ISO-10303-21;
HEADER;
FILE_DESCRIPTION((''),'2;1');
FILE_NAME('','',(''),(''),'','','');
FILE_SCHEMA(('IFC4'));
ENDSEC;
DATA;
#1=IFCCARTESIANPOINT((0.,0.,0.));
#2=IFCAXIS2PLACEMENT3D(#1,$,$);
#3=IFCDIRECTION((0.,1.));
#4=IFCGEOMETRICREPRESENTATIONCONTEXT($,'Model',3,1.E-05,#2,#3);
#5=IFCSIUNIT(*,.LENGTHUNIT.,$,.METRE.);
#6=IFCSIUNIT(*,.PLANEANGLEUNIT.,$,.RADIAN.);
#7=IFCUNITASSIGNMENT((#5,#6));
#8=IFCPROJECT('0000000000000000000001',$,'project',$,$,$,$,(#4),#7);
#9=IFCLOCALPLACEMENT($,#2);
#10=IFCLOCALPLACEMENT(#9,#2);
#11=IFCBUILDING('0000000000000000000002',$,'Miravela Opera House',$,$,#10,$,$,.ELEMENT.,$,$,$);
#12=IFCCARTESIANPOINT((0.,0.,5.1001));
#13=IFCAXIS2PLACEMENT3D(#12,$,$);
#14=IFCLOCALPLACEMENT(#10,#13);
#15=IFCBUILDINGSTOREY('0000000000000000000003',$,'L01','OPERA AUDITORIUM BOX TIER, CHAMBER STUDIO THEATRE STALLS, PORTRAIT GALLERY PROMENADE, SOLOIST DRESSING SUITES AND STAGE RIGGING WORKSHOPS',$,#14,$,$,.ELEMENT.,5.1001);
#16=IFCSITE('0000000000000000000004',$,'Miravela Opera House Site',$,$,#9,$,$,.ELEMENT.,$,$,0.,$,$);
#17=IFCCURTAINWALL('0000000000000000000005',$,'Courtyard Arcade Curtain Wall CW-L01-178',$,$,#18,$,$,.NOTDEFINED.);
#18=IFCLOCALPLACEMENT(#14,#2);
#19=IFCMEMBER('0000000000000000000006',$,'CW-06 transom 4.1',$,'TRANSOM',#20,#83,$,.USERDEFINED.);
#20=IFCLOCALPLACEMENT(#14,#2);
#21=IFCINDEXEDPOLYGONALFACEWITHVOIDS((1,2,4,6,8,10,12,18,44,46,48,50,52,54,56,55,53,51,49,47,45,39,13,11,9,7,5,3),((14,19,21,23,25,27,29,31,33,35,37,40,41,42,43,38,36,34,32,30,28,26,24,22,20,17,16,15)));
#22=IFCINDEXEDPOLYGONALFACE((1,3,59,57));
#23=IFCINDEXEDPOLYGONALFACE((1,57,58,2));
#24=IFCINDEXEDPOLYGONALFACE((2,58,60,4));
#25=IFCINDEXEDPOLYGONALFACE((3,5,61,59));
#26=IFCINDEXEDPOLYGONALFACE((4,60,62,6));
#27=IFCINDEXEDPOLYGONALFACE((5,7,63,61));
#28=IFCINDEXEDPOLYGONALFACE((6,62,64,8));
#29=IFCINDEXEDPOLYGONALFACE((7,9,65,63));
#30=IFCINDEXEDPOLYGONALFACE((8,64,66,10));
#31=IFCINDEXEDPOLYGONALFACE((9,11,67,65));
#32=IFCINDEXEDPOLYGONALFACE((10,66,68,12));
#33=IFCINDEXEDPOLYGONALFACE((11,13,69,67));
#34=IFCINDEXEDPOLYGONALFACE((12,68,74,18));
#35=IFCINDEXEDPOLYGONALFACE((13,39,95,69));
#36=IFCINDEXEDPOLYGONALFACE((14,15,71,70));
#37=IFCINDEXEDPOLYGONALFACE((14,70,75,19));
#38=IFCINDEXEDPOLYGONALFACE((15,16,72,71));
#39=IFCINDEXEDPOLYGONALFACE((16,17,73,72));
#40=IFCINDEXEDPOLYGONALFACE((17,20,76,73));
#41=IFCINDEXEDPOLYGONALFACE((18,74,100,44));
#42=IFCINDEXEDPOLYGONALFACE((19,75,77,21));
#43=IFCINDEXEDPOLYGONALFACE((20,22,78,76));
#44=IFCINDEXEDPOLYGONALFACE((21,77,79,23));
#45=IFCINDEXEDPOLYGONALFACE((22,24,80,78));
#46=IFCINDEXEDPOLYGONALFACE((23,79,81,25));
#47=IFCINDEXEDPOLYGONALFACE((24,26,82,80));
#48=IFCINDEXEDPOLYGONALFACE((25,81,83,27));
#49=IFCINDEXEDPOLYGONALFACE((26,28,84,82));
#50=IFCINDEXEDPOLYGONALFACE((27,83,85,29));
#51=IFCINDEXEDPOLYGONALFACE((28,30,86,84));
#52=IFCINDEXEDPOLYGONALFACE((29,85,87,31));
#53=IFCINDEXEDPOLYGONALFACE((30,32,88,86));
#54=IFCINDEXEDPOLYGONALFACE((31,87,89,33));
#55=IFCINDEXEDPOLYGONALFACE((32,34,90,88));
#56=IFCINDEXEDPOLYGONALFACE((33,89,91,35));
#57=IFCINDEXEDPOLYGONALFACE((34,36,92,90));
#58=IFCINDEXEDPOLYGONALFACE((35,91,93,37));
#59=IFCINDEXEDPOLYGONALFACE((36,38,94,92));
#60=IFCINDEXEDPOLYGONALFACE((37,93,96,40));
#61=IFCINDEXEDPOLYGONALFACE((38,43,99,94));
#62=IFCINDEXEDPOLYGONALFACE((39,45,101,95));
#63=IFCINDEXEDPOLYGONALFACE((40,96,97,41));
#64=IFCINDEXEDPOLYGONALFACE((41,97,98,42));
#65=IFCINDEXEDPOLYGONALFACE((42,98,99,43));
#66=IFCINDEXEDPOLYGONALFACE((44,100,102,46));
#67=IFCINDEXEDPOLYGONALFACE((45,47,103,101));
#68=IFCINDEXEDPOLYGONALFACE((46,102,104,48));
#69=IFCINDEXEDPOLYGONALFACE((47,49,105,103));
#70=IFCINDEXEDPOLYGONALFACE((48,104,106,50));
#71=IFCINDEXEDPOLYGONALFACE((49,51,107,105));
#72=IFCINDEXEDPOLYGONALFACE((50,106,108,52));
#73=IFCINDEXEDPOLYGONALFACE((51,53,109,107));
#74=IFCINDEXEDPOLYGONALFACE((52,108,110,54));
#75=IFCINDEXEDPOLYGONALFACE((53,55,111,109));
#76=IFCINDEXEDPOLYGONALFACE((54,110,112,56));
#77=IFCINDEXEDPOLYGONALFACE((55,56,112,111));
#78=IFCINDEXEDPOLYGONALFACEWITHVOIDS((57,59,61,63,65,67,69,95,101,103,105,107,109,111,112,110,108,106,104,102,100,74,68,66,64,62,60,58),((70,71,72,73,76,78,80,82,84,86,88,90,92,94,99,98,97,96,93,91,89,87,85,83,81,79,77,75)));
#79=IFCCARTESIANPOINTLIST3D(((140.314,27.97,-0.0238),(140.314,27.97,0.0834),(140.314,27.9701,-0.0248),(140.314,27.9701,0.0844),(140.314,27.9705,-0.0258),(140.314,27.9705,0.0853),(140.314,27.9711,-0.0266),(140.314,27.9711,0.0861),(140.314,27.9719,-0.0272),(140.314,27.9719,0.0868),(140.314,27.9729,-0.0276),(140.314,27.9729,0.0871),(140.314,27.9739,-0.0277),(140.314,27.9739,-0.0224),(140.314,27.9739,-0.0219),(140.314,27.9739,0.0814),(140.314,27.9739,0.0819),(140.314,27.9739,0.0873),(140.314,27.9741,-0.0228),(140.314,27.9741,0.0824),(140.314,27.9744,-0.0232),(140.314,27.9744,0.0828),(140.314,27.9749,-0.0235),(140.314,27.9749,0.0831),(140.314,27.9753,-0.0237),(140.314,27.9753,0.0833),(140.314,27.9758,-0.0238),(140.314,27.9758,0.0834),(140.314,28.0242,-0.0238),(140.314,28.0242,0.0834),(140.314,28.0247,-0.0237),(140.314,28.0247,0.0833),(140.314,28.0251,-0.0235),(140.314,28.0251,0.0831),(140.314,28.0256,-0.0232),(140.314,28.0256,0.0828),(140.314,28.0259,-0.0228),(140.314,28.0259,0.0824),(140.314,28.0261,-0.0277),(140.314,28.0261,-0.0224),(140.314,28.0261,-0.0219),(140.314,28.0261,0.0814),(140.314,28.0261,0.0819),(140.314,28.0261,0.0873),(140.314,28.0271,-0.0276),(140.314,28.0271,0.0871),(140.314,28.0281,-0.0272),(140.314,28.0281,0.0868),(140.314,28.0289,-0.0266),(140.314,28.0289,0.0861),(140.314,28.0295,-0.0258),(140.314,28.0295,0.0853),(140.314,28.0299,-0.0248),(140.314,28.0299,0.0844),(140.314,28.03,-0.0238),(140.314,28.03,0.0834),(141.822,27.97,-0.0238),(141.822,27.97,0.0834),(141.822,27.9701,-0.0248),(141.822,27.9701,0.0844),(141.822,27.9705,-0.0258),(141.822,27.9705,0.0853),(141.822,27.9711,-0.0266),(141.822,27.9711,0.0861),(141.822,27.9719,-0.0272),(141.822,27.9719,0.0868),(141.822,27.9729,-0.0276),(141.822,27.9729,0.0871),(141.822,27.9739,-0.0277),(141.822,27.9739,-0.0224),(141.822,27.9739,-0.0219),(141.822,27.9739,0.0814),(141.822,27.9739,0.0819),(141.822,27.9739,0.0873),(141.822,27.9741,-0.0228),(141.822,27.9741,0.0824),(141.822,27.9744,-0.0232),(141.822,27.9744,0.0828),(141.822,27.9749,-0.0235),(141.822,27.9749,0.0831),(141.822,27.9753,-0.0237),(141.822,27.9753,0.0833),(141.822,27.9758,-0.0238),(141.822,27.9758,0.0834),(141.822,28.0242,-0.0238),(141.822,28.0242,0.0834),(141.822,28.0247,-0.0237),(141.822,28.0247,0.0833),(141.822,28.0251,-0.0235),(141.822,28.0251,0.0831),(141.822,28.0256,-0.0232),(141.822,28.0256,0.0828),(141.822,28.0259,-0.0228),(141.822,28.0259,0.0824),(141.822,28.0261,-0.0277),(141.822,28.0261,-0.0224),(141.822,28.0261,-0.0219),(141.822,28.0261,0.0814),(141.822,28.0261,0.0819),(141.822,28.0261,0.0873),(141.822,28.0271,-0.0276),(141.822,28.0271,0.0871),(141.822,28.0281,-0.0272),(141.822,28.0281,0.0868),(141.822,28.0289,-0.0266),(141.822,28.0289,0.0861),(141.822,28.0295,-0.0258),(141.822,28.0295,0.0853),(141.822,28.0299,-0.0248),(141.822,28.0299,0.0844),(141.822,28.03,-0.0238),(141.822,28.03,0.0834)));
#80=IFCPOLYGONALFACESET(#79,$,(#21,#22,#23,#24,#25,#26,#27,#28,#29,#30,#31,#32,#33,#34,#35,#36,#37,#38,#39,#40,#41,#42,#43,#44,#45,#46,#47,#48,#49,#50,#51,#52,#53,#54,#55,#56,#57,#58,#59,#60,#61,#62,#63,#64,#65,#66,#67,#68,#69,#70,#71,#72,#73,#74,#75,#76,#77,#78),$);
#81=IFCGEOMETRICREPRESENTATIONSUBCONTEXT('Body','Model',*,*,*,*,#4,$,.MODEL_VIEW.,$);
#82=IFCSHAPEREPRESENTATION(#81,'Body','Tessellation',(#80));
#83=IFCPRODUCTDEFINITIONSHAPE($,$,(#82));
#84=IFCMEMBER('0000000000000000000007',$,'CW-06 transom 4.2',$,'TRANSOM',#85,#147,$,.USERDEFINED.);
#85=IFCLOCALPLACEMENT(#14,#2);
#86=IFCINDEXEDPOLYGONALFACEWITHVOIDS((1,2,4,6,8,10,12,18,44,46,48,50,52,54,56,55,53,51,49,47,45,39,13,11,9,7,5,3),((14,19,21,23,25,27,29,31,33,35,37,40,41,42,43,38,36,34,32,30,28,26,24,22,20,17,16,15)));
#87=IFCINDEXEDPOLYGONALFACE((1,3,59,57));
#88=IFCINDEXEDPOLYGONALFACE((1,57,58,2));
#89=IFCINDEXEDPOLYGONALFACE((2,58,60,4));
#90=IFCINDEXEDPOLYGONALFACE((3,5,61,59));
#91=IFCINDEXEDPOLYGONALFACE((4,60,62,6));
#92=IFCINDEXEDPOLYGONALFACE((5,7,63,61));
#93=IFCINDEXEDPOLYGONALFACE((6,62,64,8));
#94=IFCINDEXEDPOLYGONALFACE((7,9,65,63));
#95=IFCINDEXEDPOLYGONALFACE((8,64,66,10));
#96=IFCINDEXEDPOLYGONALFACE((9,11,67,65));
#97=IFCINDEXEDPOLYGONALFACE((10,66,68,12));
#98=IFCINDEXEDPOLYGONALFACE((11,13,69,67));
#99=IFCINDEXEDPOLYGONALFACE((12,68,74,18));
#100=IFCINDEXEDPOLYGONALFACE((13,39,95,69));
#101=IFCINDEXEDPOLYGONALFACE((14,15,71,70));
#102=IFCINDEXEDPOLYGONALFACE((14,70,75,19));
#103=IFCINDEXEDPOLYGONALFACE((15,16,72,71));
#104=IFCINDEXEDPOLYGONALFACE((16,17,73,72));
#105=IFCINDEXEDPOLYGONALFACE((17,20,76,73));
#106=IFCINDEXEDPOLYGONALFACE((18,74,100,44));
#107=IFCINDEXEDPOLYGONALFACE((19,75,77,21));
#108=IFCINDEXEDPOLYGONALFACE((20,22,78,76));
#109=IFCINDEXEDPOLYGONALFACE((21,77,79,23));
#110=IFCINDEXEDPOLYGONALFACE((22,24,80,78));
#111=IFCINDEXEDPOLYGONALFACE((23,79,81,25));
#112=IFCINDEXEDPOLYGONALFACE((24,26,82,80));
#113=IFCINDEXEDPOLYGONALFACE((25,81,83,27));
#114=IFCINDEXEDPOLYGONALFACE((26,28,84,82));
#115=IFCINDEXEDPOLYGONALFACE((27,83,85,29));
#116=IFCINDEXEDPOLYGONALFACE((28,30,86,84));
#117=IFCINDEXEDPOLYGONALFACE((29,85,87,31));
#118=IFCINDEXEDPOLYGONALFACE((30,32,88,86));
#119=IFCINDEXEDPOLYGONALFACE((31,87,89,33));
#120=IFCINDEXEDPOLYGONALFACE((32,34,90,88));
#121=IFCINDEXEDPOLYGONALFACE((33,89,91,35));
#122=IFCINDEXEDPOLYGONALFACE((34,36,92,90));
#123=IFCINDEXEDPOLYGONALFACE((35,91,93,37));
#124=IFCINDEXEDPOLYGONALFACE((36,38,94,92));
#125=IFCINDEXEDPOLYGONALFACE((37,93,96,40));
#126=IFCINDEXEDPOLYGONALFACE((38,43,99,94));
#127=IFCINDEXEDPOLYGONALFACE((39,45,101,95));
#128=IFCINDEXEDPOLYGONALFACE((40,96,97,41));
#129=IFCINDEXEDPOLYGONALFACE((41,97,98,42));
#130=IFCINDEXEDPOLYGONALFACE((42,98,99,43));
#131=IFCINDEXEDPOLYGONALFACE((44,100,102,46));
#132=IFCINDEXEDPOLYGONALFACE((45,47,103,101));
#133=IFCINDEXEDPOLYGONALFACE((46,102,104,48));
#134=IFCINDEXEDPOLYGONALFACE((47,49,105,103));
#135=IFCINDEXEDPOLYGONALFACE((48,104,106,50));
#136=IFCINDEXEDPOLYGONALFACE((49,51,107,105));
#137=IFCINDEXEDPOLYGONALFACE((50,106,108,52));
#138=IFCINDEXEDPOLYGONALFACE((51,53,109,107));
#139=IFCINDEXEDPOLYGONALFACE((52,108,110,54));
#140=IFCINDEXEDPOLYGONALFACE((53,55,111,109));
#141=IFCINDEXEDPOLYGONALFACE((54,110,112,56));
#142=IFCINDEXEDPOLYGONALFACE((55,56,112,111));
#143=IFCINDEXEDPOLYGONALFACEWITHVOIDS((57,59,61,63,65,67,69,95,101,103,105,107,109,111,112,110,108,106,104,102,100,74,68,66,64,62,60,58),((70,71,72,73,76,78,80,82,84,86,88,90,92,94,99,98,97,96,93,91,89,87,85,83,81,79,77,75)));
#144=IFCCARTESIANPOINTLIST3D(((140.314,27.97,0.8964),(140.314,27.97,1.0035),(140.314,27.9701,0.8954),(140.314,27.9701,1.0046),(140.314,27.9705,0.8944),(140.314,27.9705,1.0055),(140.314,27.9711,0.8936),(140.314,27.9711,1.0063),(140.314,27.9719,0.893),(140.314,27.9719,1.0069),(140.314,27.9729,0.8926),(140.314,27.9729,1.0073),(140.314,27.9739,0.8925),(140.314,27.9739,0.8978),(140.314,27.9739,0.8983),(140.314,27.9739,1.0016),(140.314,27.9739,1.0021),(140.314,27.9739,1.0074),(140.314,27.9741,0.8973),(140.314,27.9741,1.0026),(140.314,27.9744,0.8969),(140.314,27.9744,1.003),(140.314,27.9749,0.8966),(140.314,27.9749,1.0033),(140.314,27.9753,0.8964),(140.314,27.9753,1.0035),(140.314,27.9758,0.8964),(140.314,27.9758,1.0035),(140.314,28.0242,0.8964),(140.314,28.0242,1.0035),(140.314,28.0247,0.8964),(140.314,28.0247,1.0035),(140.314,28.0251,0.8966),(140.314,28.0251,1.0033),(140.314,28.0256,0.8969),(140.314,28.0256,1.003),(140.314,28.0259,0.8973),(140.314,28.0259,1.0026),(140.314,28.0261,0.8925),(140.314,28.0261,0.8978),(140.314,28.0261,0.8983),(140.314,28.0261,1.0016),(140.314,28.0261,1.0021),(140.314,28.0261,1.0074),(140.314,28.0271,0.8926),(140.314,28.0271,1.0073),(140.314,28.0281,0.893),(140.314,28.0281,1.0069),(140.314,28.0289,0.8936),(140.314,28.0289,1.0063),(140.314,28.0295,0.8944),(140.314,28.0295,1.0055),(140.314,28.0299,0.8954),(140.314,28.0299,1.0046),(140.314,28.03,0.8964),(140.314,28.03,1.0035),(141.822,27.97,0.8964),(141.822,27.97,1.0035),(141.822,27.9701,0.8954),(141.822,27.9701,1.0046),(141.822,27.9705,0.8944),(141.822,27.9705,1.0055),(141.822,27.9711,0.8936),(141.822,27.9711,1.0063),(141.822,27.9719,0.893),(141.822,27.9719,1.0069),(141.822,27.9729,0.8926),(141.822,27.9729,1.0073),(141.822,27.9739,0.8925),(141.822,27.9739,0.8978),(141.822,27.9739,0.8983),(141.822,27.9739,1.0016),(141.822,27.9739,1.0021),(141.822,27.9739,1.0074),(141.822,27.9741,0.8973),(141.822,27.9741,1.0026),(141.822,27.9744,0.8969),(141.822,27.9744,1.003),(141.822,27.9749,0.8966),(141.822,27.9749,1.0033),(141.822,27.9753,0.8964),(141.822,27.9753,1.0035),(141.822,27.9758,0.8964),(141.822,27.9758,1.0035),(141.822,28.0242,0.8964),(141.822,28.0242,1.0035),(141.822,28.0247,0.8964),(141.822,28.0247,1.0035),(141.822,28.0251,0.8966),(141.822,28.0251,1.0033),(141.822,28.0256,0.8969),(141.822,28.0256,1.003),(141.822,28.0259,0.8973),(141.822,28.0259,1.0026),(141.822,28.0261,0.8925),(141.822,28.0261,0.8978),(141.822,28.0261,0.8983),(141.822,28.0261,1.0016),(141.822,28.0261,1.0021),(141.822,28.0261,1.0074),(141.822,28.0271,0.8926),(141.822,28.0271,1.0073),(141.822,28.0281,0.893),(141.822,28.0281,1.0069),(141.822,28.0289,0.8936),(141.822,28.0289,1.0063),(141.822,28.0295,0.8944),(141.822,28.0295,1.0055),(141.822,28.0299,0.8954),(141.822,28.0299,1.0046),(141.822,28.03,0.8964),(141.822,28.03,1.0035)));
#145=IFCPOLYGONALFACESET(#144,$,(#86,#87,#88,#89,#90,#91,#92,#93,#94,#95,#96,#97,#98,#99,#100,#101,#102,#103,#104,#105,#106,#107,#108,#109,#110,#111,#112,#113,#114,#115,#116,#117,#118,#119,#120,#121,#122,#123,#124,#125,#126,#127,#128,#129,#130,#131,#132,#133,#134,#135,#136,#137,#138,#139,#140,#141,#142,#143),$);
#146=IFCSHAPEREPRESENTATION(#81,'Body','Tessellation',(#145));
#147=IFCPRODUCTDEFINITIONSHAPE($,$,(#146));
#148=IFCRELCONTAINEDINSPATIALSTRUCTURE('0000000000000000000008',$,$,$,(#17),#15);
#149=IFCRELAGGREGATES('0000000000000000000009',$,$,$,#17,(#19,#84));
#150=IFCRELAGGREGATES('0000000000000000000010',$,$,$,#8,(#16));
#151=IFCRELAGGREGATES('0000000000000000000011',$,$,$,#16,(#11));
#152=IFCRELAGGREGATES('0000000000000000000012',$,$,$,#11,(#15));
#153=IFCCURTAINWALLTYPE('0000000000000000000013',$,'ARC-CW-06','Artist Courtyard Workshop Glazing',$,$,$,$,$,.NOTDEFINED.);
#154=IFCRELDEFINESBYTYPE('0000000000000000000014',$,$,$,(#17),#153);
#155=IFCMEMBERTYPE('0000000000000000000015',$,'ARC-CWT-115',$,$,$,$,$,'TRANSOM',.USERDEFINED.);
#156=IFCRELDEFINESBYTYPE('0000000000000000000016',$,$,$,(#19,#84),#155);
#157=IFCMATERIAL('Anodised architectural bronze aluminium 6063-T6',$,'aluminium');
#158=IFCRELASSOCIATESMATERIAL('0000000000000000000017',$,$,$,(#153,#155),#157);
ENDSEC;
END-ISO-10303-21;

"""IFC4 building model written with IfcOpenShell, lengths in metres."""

from ifc_helpers import new_model, si_unit, direction, frame, origin, origin_2d, place, context, subcontext, project, spatial, hollow_rectangle, extrude, material, material_profile, profile_set, type_object, element, aggregate, save


model = new_model("IFC4")

# Units and contexts
model_context = context("Model", 3, precision=1e-05, world=origin(), true_north=direction((0.0, 1.0)))
body_context = subcontext(model_context, "Body", "Model", "MODEL_VIEW")
ifc_project = project(units=[si_unit("LENGTHUNIT", "METRE"), si_unit("PLANEANGLEUNIT", "RADIAN")], contexts=[model_context])

# Site, building, storey
site_placement = place(None, origin())
site = spatial("IfcSite", under=ifc_project, at=site_placement, Name="Miravela Opera House Site", CompositionType="ELEMENT", RefElevation=0.0)
building_placement = place(site_placement, origin())
building = spatial("IfcBuilding", under=site, at=building_placement, Name="Miravela Opera House", CompositionType="ELEMENT")
storey_placement = place(building_placement, frame((0.0, 0.0, 5.1001)))
storey = spatial("IfcBuildingStorey", under=building, at=storey_placement, Name="L01", Description="OPERA AUDITORIUM BOX TIER, CHAMBER STUDIO THEATRE STALLS, PORTRAIT GALLERY PROMENADE, SOLOIST DRESSING SUITES AND STAGE RIGGING WORKSHOPS", CompositionType="ELEMENT", Elevation=5.1001)

# Curtain wall, members
ifc_material_1 = material(Name="Anodised architectural bronze aluminium 6063-T6", Category="aluminium")
curtain_wall_type = type_object("IfcCurtainWallType", Name="ARC-CW-06", Description="Artist Courtyard Workshop Glazing", PredefinedType="NOTDEFINED", material=ifc_material_1)
curtain_wall_placement = place(storey_placement, origin())
curtain_wall = element("IfcCurtainWall", 1, at=curtain_wall_placement, inside=storey, type_object=curtain_wall_type, Name="Courtyard Arcade Curtain Wall CW-L01-178", PredefinedType="NOTDEFINED")
ifc_material_profile_1 = material_profile(ifc_material_1, hollow_rectangle(XDim=0.0601, YDim=0.115, WallThickness=0.0039, InnerFilletRadius=0.002, OuterFilletRadius=0.0039, at=origin_2d()), Name="CWT-60X115")
ifc_profile_set_1 = profile_set([ifc_material_profile_1])
member_type_1 = type_object("IfcMemberType", Name="ARC-CWT-115", ElementType="TRANSOM", PredefinedType="USERDEFINED", material=ifc_profile_set_1)
member_1_placement = place(storey_placement, frame((140.314, 28.0, 0.0298), z_axis=(1.0, 0.0, 0.0), x_axis=(0.0, 1.0, 0.0)))
member_1 = element("IfcMember", 2, at=member_1_placement, type_object=member_type_1, Name="CW-06 transom 4.1", ObjectType="TRANSOM", PredefinedType="USERDEFINED", context=body_context, shape_type="SweptSolid", body=[
    extrude(hollow_rectangle(XDim=0.0601, YDim=0.115, WallThickness=0.0039, InnerFilletRadius=0.002, OuterFilletRadius=0.0039, at=origin_2d()), origin(), (0.0, 0.0, 1.0), 1.5081),
])
member_2_placement = place(storey_placement, frame((140.314, 28.0, 0.95), z_axis=(1.0, 0.0, 0.0), x_axis=(0.0, 1.0, 0.0)))
member_2 = element("IfcMember", 3, at=member_2_placement, type_object=member_type_1, Name="CW-06 transom 4.2", ObjectType="TRANSOM", PredefinedType="USERDEFINED", context=body_context, shape_type="SweptSolid", body=[
    extrude(hollow_rectangle(XDim=0.0601, YDim=0.115, WallThickness=0.0039, InnerFilletRadius=0.002, OuterFilletRadius=0.0039, at=origin_2d()), origin(), (0.0, 0.0, 1.0), 1.5081),
])

aggregate(curtain_wall, [member_1, member_2])

save(model, "model.ifc")
